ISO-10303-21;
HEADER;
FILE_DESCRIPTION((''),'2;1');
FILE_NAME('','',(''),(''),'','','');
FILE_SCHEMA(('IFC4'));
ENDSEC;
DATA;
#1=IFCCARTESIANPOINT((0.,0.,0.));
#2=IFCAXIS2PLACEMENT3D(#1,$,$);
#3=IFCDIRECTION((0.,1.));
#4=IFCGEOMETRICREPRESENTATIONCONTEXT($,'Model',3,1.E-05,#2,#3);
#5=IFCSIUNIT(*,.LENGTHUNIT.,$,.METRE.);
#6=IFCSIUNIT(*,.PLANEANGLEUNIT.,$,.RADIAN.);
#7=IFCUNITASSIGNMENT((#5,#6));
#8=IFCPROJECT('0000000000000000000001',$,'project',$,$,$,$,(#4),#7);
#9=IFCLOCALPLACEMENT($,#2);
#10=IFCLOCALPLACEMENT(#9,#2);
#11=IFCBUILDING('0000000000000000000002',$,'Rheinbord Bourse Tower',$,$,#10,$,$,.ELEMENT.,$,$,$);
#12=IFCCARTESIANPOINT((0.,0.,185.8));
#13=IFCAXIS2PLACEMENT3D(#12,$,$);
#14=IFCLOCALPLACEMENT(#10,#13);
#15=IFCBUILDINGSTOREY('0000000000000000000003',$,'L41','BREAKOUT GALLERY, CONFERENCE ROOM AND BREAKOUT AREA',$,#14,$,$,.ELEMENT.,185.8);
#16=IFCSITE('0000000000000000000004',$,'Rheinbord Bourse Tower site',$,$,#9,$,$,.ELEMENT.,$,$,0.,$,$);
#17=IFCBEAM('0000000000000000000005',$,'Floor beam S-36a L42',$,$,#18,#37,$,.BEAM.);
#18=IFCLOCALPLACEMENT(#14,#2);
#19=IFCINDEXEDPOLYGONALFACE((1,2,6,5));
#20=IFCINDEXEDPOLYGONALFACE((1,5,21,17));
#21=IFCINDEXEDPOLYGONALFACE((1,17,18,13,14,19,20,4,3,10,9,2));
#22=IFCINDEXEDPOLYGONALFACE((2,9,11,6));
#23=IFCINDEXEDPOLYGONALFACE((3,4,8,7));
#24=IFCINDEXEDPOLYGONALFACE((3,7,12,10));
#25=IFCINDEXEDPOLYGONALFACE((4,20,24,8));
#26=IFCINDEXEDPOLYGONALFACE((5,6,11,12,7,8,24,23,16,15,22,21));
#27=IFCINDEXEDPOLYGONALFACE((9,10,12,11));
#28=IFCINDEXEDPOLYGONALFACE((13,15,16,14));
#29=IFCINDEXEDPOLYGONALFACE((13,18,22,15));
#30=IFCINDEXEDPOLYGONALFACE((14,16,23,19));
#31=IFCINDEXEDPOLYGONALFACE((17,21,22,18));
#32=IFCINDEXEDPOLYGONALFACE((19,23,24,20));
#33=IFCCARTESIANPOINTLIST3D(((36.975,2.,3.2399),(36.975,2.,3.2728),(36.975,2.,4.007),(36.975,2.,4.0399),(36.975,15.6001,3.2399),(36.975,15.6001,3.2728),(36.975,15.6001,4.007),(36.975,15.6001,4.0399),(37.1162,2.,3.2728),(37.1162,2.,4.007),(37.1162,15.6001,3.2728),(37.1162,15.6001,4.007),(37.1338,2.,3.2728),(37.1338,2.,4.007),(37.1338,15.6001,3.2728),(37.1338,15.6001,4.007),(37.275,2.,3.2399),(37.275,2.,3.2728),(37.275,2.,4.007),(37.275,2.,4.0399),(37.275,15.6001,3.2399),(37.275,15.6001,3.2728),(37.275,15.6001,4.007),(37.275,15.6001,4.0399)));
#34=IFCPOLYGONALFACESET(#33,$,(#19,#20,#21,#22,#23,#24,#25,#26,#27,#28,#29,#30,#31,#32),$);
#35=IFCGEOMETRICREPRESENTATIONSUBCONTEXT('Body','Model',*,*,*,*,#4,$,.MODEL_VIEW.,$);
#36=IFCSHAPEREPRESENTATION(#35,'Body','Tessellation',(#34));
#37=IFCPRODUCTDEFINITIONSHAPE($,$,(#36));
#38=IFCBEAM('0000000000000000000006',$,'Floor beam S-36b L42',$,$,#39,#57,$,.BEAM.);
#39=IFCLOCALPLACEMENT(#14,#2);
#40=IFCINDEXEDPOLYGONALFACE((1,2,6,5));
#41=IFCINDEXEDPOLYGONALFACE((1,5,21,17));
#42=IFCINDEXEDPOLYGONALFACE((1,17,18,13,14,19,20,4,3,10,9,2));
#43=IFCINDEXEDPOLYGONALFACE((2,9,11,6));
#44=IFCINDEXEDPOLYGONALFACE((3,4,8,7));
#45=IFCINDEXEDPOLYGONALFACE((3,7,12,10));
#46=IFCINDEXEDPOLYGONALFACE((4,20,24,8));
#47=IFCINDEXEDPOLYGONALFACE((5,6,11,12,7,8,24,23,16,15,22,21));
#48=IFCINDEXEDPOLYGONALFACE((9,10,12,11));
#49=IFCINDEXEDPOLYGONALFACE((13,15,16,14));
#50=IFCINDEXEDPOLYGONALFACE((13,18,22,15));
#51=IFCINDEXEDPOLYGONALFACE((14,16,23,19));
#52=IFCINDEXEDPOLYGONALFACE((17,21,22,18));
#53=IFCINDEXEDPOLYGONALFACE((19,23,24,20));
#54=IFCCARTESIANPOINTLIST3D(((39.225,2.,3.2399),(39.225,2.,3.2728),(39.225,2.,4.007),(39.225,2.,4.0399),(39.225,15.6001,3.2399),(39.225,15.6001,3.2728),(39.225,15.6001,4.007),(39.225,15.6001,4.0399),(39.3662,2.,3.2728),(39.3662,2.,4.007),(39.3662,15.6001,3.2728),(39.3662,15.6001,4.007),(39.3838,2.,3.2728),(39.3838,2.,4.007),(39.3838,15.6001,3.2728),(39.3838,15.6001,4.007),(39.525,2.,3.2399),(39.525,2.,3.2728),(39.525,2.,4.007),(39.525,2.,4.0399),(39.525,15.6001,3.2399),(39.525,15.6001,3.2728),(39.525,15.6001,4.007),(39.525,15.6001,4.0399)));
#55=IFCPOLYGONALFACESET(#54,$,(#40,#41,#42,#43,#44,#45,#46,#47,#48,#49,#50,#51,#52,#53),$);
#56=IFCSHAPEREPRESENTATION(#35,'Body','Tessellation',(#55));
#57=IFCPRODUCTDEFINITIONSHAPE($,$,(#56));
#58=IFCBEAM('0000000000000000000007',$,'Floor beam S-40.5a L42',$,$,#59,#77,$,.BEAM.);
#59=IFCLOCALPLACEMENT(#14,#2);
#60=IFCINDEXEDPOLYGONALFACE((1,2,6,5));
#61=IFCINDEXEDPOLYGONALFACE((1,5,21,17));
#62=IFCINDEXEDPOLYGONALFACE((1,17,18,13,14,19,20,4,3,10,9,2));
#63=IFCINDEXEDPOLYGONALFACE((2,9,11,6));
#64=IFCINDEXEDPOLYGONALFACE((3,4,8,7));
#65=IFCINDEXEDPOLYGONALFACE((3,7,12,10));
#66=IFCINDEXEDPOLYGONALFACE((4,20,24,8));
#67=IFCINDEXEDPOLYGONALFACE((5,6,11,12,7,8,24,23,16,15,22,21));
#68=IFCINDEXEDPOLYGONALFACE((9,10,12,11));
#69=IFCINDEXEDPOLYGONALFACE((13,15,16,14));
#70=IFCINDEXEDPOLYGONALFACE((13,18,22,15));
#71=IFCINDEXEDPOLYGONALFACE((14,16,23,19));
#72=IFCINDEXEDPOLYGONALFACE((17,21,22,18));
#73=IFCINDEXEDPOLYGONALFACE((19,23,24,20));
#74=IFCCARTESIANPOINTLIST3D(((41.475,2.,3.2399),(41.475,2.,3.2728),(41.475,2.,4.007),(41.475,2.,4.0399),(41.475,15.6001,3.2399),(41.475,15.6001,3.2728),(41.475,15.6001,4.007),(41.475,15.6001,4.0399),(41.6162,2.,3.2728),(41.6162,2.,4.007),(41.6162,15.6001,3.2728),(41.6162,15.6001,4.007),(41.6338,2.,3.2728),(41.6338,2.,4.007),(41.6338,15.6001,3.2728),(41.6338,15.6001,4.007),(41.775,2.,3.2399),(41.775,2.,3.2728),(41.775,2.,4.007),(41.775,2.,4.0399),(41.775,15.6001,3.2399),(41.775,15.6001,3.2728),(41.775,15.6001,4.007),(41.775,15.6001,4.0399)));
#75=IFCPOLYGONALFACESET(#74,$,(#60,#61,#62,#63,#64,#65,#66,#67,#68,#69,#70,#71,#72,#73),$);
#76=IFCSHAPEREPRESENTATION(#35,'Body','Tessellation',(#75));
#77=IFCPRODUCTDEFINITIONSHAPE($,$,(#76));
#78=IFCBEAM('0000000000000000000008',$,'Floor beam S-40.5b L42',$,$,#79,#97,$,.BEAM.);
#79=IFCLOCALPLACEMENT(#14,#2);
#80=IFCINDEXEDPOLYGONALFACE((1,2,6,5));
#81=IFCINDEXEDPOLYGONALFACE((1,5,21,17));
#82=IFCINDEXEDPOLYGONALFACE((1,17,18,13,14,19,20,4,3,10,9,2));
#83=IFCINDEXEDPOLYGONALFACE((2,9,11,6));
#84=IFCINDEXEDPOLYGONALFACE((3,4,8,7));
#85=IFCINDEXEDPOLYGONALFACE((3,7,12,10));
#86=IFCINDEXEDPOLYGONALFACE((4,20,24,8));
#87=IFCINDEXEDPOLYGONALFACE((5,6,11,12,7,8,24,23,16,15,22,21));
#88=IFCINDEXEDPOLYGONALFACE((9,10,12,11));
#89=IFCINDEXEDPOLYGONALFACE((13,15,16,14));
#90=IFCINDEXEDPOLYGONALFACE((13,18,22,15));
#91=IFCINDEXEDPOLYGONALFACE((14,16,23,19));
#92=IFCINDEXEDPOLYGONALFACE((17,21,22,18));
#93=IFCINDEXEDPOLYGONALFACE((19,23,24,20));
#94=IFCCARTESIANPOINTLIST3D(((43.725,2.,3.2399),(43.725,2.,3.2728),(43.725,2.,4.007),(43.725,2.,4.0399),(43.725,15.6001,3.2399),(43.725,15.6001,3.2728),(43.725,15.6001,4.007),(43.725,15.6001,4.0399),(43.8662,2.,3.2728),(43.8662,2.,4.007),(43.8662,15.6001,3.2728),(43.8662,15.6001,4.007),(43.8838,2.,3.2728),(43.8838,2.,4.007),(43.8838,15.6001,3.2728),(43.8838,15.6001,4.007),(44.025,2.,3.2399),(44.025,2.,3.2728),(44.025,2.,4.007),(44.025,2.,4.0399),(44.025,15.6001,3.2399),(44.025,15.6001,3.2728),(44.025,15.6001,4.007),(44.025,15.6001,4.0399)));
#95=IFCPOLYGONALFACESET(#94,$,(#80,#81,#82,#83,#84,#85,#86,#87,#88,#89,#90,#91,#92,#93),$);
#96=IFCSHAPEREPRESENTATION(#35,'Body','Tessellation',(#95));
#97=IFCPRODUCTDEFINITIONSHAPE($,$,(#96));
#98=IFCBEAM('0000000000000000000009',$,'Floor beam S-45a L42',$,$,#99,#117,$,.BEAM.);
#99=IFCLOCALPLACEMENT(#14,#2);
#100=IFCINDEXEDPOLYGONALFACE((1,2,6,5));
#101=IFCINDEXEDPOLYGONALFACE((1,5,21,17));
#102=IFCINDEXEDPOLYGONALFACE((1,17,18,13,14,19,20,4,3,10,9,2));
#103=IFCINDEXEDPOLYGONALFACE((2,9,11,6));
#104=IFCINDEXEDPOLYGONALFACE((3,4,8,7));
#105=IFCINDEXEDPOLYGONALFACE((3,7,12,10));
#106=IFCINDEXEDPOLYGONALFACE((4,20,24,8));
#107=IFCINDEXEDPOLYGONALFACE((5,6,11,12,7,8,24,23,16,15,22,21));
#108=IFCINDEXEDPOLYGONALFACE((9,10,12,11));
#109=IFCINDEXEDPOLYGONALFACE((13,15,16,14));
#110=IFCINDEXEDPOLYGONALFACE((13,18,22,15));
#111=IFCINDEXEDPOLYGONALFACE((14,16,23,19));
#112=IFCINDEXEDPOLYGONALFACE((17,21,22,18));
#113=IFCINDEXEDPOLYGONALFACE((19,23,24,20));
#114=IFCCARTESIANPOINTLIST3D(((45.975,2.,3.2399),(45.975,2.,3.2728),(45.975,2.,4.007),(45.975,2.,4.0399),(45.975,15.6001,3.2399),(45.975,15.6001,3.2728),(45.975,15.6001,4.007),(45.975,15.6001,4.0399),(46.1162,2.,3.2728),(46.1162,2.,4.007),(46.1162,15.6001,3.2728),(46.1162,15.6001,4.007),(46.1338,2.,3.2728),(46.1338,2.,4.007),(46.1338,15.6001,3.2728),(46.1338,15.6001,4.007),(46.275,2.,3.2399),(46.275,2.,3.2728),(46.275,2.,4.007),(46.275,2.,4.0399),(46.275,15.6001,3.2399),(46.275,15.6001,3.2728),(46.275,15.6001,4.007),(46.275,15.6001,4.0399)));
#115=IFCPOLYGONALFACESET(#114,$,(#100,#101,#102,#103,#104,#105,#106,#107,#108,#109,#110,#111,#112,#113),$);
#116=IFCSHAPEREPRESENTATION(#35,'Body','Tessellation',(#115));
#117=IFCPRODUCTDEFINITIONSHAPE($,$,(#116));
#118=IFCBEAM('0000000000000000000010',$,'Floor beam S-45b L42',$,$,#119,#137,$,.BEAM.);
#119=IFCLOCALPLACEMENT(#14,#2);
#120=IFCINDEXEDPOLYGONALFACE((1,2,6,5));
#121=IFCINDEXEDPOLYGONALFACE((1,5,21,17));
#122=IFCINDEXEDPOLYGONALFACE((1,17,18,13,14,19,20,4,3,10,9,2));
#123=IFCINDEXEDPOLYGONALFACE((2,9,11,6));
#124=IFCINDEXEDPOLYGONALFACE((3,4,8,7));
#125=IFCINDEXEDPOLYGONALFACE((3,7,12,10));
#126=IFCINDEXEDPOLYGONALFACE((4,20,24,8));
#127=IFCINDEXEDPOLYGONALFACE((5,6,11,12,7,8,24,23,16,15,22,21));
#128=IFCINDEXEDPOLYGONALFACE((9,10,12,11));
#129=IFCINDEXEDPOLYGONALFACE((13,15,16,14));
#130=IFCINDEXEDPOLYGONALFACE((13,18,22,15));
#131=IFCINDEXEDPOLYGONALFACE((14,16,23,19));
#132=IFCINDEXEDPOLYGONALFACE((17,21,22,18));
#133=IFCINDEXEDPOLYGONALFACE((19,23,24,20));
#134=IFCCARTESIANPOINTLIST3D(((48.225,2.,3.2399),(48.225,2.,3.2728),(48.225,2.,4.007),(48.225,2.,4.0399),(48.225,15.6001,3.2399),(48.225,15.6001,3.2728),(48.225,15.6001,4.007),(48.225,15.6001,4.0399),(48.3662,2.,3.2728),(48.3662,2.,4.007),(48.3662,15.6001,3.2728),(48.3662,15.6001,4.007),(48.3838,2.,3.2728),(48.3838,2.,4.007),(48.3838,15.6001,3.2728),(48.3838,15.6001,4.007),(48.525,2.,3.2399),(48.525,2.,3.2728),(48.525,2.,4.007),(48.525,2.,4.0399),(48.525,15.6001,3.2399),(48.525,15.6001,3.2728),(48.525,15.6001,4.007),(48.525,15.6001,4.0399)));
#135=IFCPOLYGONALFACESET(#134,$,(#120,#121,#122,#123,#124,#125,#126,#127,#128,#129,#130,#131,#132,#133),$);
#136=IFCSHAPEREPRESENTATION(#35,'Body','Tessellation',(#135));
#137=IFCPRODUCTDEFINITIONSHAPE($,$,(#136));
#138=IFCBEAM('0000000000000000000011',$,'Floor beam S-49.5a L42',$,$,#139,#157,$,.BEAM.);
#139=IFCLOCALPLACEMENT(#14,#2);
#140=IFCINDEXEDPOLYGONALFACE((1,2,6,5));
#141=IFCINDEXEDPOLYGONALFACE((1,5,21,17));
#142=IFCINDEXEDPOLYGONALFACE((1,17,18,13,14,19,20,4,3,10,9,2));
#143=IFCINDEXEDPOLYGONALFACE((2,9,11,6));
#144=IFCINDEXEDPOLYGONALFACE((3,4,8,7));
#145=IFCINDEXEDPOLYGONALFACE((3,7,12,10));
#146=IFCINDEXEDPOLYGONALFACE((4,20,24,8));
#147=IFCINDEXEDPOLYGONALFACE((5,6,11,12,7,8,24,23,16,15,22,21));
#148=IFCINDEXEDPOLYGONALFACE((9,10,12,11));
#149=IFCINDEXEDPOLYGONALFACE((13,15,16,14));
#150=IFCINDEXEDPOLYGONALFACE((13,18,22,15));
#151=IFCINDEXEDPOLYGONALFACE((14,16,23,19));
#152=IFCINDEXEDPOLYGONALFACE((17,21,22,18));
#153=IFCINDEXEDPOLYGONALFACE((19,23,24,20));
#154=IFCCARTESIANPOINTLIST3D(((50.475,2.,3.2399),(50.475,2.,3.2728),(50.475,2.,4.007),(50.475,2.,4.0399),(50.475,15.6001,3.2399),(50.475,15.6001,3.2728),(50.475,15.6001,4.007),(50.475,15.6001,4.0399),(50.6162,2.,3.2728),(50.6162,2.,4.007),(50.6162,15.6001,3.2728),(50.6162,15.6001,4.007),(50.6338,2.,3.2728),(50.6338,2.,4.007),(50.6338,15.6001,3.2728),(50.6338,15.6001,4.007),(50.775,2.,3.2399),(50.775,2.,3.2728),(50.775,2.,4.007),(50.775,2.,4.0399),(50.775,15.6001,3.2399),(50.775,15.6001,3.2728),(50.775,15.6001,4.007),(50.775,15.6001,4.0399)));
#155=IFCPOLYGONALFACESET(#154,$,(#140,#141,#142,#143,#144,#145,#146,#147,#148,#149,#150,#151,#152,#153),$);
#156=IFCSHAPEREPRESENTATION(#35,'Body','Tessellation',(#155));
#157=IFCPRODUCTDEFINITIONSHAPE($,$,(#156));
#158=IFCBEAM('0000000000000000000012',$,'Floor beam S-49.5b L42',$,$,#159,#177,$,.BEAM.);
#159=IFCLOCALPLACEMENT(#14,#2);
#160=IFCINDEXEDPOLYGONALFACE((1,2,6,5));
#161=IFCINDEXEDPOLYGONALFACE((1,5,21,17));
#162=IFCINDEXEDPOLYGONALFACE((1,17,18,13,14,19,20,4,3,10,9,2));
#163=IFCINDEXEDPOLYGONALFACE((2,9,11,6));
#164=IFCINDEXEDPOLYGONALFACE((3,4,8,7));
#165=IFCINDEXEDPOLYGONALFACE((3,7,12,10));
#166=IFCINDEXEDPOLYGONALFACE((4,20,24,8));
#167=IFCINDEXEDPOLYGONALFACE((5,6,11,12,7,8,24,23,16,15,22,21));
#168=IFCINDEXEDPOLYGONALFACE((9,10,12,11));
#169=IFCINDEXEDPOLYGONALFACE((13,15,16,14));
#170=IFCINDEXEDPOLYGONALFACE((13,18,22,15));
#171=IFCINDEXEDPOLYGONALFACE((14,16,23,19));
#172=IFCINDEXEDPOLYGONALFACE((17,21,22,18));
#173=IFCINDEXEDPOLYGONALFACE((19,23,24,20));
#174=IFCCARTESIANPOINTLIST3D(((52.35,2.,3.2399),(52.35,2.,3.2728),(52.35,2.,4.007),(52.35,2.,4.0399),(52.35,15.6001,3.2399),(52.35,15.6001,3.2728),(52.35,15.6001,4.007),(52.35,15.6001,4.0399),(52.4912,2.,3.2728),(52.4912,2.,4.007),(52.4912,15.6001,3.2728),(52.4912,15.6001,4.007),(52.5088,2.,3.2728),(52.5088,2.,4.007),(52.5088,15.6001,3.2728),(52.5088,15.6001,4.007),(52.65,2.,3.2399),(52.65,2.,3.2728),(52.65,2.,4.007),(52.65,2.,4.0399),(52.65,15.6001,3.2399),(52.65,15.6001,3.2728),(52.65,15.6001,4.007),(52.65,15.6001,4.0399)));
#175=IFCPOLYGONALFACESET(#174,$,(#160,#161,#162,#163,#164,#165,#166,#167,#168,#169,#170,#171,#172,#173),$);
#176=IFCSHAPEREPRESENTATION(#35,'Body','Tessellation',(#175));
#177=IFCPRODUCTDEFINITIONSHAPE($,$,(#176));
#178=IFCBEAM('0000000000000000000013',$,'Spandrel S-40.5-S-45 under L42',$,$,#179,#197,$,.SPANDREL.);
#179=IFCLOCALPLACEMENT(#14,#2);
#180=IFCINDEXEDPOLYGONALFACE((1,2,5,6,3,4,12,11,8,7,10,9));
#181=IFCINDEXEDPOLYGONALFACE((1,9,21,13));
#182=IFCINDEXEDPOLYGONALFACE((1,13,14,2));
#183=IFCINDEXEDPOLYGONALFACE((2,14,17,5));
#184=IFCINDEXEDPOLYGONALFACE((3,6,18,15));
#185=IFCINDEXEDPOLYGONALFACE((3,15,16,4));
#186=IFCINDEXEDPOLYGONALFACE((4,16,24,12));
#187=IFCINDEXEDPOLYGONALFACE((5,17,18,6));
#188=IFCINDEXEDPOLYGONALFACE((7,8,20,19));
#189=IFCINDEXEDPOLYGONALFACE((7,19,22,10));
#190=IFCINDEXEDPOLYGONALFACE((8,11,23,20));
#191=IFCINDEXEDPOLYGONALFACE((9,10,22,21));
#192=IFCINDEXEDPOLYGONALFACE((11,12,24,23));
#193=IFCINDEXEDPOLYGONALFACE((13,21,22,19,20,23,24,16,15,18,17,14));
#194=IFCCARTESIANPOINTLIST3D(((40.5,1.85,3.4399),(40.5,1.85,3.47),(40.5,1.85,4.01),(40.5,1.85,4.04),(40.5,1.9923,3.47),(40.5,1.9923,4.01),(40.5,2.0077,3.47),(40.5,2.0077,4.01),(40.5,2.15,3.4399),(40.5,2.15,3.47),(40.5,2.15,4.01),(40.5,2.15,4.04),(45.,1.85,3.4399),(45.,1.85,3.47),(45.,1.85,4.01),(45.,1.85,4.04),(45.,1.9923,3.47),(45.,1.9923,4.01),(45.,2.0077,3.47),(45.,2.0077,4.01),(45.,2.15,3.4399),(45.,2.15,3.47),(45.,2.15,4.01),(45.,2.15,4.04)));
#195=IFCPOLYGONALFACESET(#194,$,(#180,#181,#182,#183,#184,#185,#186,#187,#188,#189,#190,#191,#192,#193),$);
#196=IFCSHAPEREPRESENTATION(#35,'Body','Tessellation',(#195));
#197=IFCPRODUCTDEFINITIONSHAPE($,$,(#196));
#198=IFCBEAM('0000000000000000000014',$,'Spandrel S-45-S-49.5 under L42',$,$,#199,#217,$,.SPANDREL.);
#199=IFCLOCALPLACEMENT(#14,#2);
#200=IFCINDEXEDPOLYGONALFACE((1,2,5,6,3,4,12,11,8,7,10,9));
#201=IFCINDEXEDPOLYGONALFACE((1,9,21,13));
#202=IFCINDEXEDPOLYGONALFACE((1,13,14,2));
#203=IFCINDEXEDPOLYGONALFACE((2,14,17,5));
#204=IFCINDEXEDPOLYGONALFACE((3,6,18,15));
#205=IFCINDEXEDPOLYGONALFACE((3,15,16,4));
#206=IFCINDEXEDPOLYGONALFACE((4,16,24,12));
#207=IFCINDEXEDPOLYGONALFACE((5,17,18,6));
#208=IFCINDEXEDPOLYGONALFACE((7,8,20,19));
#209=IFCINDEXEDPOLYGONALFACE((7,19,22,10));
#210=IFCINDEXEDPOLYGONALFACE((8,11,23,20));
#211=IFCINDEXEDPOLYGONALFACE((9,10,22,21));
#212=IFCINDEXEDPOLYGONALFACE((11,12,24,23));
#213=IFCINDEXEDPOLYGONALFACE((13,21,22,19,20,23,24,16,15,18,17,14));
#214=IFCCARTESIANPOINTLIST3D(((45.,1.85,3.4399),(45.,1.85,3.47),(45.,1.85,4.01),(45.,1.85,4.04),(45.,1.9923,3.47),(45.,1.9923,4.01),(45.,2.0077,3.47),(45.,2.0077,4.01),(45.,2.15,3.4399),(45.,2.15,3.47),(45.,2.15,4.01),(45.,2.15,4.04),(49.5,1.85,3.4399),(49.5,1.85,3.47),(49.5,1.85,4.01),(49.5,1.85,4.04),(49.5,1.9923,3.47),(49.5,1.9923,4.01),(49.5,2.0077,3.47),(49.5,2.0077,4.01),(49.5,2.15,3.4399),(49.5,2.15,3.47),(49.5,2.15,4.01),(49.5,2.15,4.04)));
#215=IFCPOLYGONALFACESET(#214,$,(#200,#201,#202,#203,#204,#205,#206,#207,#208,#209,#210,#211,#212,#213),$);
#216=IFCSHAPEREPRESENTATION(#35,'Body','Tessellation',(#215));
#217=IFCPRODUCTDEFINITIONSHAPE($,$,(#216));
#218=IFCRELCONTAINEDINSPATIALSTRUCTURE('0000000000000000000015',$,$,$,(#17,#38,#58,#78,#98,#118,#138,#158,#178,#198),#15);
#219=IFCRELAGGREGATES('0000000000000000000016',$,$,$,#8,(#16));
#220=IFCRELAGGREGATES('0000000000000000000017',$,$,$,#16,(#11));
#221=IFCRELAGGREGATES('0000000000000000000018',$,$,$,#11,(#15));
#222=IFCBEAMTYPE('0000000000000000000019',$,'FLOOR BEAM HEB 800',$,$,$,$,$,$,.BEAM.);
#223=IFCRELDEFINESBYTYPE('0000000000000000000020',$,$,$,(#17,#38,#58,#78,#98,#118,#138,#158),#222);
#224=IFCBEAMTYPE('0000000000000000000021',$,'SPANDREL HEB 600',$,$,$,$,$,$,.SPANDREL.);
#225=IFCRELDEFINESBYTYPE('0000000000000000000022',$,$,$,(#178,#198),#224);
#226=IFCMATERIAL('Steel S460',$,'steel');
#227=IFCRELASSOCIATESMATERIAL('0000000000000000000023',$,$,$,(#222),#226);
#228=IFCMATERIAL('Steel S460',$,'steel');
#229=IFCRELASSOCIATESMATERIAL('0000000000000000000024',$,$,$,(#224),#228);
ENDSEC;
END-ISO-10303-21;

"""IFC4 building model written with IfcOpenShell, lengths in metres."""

from ifc_helpers import new_model, si_unit, direction, frame, origin, origin_2d, place, context, subcontext, project, spatial, i_section, extrude, material, material_profile, profile_set, type_object, element, save


model = new_model("IFC4")

# Units and contexts
model_context = context("Model", 3, precision=1e-05, world=origin(), true_north=direction((0.0, 1.0)))
body_context = subcontext(model_context, "Body", "Model", "MODEL_VIEW")
ifc_project = project(units=[si_unit("LENGTHUNIT", "METRE"), si_unit("PLANEANGLEUNIT", "RADIAN")], contexts=[model_context])

# Site, building, storey
site_placement = place(None, origin())
site = spatial("IfcSite", under=ifc_project, at=site_placement, Name="Rheinbord Bourse Tower site", CompositionType="ELEMENT", RefElevation=0.0)
building_placement = place(site_placement, origin())
building = spatial("IfcBuilding", under=site, at=building_placement, Name="Rheinbord Bourse Tower", CompositionType="ELEMENT")
storey_placement = place(building_placement, frame((0.0, 0.0, 185.8)))
storey = spatial("IfcBuildingStorey", under=building, at=storey_placement, Name="L41", Description="BREAKOUT GALLERY, CONFERENCE ROOM AND BREAKOUT AREA", CompositionType="ELEMENT", Elevation=185.8)

# Beams
ifc_material_1 = material(Name="Steel S460", Category="steel")
ifc_material_profile_1 = material_profile(ifc_material_1, i_section(OverallWidth=0.3, OverallDepth=0.8, WebThickness=0.0176, FlangeThickness=0.033, at=origin_2d()), Name="HEB 800")
ifc_profile_set_1 = profile_set([ifc_material_profile_1], Name="Steel S460")
beam_type_1 = type_object("IfcBeamType", Name="FLOOR BEAM HEB 800", PredefinedType="BEAM", material=ifc_profile_set_1)
for number, where, z_axis, x_axis, name in (
    (1, (37.125, 2.0, 3.6399), (0.0, 1.0, 0.0), (-1.0, 0.0, 0.0), "Floor beam S-36a L42"),
    (2, (39.375, 2.0, 3.6399), (0.0, 1.0, 0.0), (-1.0, 0.0, 0.0), "Floor beam S-36b L42"),
    (3, (41.625, 2.0, 3.6399), (0.0, 1.0, 0.0), (-1.0, 0.0, 0.0), "Floor beam S-40.5a L42"),
    (4, (43.875, 2.0, 3.6399), (0.0, 1.0, 0.0), (-1.0, 0.0, 0.0), "Floor beam S-40.5b L42"),
    (5, (46.125, 2.0, 3.6399), (0.0, 1.0, 0.0), (-1.0, 0.0, 0.0), "Floor beam S-45a L42"),
    (6, (48.375, 2.0, 3.6399), (0.0, 1.0, 0.0), (-1.0, 0.0, 0.0), "Floor beam S-45b L42"),
    (7, (50.625, 2.0, 3.6399), (0.0, 1.0, 0.0), (-1.0, 0.0, 0.0), "Floor beam S-49.5a L42"),
    (8, (52.5, 2.0, 3.6399), (0.0, 1.0, 0.0), (-1.0, 0.0, 0.0), "Floor beam S-49.5b L42"),
):
    element("IfcBeam", number, at=place(storey_placement, frame(where, z_axis=z_axis, x_axis=x_axis)), inside=storey, type_object=beam_type_1, Name=name, PredefinedType="BEAM", context=body_context, shape_type="SweptSolid", body=[
        extrude(i_section(OverallWidth=0.3, OverallDepth=0.8, WebThickness=0.0176, FlangeThickness=0.033, at=origin_2d()), origin(), (0.0, 0.0, 1.0), 13.6001),
    ])
ifc_material_2 = material(Name="Steel S460", Category="steel")
ifc_material_profile_2 = material_profile(ifc_material_2, i_section(OverallWidth=0.3, OverallDepth=0.6001, WebThickness=0.0154, FlangeThickness=0.03, at=origin_2d()), Name="HEB 600")
ifc_profile_set_2 = profile_set([ifc_material_profile_2], Name="Steel S460")
beam_type_2 = type_object("IfcBeamType", Name="SPANDREL HEB 600", PredefinedType="SPANDREL", material=ifc_profile_set_2)
for number, where, z_axis, x_axis, name in (
    (9, (40.5, 2.0, 3.74), (1.0, 0.0, 0.0), (0.0, 1.0, 0.0), "Spandrel S-40.5-S-45 under L42"),
    (10, (45.0, 2.0, 3.74), (1.0, 0.0, 0.0), (0.0, 1.0, 0.0), "Spandrel S-45-S-49.5 under L42"),
):
    element("IfcBeam", number, at=place(storey_placement, frame(where, z_axis=z_axis, x_axis=x_axis)), inside=storey, type_object=beam_type_2, Name=name, PredefinedType="SPANDREL", context=body_context, shape_type="SweptSolid", body=[
        extrude(i_section(OverallWidth=0.3, OverallDepth=0.6001, WebThickness=0.0154, FlangeThickness=0.03, at=origin_2d()), origin(), (0.0, 0.0, 1.0), 4.5),
    ])

save(model, "model.ifc")
